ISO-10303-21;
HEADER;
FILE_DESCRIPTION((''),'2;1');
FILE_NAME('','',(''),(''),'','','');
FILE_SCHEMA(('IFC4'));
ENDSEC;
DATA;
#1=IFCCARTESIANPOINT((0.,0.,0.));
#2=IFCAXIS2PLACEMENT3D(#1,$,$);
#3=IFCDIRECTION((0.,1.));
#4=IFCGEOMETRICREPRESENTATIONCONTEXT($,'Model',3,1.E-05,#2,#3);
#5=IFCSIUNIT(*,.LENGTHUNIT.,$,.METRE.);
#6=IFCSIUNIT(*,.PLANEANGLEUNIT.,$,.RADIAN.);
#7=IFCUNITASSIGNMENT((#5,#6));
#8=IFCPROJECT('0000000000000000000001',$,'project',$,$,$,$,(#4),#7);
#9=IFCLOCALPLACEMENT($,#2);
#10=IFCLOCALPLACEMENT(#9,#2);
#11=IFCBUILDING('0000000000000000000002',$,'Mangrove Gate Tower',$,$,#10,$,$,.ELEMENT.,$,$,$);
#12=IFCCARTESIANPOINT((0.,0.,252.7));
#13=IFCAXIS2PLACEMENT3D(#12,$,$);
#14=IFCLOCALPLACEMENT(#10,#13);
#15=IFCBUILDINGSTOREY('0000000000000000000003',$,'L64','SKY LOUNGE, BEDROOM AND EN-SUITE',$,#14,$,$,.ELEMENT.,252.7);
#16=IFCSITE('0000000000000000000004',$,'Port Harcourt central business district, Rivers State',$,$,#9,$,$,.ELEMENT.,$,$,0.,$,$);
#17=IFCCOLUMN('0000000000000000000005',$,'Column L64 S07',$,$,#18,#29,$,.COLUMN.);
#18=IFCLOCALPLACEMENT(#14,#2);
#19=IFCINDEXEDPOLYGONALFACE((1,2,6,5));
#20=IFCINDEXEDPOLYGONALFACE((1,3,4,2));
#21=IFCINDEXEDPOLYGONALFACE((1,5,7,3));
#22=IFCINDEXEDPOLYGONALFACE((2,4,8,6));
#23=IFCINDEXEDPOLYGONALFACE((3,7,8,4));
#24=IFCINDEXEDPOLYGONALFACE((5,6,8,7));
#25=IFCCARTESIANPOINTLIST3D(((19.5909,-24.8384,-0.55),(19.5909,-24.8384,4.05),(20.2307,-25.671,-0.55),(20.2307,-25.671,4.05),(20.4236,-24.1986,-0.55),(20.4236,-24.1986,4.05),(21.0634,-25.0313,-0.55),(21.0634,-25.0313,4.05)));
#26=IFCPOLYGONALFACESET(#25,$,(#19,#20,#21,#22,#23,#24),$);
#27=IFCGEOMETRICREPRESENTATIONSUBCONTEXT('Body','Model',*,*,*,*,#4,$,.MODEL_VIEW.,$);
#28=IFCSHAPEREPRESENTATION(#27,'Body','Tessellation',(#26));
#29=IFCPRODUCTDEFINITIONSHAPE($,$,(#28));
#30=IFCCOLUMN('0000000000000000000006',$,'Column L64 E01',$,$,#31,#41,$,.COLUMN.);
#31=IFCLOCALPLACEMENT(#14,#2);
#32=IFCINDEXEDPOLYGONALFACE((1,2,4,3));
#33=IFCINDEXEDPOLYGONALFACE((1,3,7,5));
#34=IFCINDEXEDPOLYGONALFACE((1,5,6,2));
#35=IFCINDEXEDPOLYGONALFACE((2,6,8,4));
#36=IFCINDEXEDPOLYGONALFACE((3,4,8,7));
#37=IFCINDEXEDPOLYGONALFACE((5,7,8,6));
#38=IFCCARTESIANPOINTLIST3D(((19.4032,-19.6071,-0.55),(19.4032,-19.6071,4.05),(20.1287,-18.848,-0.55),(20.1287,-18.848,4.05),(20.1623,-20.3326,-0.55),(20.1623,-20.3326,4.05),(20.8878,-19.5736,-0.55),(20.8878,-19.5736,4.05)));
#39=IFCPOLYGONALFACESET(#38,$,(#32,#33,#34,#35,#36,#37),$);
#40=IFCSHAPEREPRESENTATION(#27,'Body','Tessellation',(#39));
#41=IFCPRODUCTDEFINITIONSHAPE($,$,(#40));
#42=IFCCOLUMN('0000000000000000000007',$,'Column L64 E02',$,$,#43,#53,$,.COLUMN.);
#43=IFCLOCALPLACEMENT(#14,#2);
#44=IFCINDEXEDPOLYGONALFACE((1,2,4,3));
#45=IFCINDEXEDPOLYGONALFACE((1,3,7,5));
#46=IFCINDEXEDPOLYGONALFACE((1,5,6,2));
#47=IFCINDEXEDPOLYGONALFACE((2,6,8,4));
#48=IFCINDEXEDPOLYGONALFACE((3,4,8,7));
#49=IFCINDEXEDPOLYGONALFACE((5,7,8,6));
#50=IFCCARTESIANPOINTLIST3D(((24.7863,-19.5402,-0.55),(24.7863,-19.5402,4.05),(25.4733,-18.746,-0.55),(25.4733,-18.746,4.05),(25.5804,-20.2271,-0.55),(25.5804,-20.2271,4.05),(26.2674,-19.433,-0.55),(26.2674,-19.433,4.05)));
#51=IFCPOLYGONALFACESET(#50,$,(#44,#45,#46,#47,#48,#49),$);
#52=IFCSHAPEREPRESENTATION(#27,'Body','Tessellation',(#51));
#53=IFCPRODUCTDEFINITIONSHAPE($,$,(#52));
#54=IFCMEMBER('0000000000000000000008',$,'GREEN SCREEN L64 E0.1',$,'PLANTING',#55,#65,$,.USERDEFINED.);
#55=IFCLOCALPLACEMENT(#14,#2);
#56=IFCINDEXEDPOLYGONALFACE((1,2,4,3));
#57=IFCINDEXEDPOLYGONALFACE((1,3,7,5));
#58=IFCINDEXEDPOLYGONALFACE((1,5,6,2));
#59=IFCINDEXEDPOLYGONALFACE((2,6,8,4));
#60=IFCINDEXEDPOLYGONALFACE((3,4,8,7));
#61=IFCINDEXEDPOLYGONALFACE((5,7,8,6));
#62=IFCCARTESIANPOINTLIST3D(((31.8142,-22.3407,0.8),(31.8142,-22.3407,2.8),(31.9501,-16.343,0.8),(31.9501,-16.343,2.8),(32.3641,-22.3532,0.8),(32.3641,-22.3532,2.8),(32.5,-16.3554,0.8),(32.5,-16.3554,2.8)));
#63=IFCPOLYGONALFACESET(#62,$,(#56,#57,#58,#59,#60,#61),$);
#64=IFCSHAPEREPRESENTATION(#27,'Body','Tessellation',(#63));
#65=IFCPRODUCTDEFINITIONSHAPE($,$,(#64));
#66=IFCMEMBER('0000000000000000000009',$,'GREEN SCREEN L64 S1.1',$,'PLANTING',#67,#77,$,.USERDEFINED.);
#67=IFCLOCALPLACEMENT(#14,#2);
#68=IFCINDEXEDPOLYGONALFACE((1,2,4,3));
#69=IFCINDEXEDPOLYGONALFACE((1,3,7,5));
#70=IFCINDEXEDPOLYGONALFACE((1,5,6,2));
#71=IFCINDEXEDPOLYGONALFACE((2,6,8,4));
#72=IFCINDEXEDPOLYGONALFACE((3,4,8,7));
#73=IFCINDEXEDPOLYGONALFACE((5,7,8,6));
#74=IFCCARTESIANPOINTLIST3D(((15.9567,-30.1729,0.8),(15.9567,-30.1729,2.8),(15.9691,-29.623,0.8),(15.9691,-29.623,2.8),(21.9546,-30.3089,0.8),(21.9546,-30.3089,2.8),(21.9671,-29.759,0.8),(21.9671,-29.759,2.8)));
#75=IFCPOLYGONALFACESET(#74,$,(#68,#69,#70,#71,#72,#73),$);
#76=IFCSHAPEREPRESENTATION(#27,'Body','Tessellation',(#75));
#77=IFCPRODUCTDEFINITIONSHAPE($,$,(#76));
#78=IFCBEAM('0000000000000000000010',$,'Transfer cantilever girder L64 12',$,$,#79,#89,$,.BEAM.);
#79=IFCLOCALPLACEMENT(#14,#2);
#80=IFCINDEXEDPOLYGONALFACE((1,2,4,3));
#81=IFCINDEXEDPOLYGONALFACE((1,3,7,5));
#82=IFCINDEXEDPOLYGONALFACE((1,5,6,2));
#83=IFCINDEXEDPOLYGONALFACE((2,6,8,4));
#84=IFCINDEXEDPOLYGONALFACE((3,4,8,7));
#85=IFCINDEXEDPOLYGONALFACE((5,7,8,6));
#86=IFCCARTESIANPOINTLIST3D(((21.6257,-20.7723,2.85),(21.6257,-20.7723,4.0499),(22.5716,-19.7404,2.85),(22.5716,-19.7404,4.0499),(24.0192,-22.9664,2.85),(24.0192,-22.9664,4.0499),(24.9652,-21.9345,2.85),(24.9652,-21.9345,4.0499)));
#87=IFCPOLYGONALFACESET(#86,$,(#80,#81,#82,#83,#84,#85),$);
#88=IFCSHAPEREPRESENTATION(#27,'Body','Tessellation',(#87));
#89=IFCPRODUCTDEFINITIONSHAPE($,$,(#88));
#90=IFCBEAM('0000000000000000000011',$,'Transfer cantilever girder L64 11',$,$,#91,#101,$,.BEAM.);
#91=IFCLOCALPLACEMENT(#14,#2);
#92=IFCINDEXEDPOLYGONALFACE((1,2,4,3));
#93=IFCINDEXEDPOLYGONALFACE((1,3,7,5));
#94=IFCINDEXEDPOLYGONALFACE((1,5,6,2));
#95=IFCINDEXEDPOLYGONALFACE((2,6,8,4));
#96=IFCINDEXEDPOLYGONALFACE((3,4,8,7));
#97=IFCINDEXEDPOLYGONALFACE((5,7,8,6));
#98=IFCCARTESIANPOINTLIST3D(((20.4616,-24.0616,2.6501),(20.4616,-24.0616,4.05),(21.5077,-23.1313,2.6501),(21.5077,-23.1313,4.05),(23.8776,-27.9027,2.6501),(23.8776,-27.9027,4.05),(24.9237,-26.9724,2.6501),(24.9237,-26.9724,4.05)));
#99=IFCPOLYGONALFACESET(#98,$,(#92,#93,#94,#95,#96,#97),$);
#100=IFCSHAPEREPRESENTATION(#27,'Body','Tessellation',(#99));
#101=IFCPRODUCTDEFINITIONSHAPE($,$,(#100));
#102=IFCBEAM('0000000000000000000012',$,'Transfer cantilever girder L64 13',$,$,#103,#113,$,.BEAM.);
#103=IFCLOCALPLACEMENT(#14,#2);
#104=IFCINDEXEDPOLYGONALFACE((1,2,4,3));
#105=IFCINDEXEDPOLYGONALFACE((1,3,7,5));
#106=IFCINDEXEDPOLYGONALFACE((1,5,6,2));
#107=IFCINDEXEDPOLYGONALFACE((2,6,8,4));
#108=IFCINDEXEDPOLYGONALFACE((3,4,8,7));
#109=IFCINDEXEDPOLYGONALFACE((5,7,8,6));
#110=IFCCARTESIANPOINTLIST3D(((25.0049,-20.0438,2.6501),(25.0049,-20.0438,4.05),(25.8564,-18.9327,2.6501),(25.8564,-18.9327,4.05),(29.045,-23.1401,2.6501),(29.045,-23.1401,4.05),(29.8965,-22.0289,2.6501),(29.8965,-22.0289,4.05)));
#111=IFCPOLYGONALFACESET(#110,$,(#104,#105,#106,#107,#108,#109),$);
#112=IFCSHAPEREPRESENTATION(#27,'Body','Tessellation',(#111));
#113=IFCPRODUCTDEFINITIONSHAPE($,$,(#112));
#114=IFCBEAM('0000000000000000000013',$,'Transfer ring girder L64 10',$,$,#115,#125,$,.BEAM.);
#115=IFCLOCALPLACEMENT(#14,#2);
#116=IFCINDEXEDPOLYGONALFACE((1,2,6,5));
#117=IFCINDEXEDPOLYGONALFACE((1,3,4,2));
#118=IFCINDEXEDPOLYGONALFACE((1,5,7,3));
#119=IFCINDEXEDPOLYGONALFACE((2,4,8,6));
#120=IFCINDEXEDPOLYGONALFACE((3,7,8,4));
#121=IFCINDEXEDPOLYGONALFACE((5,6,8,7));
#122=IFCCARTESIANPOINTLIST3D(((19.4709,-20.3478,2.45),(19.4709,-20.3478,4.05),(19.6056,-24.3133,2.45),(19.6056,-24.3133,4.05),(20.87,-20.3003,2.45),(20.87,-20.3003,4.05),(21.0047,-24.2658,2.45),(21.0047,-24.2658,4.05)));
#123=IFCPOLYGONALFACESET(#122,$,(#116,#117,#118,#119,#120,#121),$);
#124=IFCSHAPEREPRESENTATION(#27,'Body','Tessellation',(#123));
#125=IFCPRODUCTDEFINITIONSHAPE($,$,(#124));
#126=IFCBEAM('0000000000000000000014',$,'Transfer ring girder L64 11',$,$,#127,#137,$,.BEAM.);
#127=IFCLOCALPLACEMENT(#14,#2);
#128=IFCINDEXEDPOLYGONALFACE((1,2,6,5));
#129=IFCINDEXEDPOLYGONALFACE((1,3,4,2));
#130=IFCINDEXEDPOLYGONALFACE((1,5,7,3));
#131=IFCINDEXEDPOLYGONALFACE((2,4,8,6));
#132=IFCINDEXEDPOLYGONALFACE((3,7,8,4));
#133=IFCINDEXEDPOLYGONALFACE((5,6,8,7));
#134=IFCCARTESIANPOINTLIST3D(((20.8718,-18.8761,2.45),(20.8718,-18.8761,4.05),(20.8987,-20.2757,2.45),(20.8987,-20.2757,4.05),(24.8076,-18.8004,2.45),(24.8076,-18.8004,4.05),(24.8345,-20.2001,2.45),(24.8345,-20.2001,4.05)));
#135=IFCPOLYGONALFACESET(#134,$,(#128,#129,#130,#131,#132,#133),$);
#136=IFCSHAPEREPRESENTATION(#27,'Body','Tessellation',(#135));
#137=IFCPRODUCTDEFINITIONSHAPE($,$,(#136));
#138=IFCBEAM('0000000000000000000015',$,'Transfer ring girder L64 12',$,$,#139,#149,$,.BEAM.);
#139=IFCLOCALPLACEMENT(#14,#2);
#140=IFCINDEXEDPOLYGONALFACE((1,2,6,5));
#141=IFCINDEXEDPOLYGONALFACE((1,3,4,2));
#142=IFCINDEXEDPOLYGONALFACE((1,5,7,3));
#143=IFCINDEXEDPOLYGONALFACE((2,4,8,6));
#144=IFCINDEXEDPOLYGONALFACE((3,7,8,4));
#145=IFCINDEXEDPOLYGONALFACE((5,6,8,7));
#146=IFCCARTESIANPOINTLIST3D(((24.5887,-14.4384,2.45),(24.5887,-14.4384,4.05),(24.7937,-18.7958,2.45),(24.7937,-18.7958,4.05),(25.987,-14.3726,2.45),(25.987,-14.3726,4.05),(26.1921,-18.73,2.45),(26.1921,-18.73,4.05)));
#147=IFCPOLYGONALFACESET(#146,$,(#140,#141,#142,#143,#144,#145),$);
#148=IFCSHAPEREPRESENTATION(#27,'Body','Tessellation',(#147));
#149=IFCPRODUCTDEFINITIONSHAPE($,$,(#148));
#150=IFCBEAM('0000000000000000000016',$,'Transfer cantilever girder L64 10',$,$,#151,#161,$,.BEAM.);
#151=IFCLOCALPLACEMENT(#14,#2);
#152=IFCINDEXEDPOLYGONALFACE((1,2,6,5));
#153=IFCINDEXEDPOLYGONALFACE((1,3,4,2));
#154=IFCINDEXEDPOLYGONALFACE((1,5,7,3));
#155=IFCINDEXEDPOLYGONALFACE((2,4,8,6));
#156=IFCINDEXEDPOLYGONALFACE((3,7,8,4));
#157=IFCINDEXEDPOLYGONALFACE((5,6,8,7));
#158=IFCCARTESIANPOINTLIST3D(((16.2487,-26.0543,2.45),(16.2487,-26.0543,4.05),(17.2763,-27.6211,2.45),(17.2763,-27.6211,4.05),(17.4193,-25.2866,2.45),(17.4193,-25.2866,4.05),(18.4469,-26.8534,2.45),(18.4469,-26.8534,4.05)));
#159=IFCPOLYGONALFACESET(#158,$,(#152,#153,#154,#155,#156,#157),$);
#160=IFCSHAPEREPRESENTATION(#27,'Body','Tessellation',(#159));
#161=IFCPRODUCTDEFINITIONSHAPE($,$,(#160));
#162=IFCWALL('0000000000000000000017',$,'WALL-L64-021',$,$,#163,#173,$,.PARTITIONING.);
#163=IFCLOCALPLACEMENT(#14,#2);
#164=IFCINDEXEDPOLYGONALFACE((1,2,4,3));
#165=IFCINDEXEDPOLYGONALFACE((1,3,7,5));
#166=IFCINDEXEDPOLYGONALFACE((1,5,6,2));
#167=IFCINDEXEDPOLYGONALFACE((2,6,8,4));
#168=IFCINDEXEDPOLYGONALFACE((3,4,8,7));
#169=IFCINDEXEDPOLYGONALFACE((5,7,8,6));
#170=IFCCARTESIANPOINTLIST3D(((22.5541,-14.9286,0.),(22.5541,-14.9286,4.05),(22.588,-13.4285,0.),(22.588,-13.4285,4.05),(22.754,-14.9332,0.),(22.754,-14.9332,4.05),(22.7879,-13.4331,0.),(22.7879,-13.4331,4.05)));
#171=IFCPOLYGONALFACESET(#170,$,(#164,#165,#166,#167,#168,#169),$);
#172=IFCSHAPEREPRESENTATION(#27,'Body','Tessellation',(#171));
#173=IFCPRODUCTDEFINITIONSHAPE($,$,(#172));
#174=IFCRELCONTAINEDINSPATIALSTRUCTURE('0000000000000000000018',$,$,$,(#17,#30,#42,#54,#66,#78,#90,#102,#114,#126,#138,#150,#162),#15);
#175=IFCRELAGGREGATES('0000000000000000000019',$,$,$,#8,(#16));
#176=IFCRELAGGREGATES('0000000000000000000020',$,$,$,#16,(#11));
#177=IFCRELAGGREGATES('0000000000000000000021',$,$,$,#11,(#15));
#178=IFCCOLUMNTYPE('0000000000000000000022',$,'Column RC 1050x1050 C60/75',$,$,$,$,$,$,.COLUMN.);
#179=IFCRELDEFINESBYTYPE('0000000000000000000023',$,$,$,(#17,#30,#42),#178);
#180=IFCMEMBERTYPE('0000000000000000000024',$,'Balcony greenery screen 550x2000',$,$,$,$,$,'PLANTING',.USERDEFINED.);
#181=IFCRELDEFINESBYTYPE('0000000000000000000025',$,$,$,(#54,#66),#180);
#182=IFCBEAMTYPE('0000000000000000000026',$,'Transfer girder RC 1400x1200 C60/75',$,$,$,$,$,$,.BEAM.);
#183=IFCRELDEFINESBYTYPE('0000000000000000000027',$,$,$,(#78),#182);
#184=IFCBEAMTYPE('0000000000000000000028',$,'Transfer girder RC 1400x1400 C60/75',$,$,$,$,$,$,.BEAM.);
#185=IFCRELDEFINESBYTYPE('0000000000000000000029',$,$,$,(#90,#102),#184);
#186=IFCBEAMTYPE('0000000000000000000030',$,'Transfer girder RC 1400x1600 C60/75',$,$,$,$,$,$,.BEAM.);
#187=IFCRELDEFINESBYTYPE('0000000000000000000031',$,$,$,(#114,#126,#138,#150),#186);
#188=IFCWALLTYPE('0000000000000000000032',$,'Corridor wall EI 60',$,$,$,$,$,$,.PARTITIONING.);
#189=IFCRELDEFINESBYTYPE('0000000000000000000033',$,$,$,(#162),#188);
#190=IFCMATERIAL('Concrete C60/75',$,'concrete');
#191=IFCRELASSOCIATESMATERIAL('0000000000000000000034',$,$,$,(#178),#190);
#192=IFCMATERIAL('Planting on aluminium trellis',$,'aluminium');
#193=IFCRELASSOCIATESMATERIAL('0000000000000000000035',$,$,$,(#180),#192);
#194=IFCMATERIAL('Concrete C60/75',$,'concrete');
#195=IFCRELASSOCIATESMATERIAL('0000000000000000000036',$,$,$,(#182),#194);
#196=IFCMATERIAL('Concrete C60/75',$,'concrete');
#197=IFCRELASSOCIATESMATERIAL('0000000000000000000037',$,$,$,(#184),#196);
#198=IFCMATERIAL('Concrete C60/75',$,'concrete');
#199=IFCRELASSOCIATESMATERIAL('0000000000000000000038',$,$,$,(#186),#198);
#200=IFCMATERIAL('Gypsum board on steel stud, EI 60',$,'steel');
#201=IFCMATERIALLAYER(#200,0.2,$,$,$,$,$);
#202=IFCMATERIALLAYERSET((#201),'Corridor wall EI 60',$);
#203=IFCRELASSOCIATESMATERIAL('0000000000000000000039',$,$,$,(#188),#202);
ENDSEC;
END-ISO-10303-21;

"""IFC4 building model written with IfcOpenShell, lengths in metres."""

from ifc_helpers import new_model, si_unit, direction, frame, frame_2d, origin, origin_2d, place, context, subcontext, project, spatial, rectangle, extrude, material, layer, layer_set, material_profile, profile_set, type_object, element, save


model = new_model("IFC4")

# Units and contexts
model_context = context("Model", 3, precision=1e-05, world=origin(), true_north=direction((0.0, 1.0)))
body_context = subcontext(model_context, "Body", "Model", "MODEL_VIEW")
ifc_project = project(units=[si_unit("LENGTHUNIT", "METRE"), si_unit("PLANEANGLEUNIT", "RADIAN")], contexts=[model_context])

# Site, building, storey
site_placement = place(None, origin())
site = spatial("IfcSite", under=ifc_project, at=site_placement, Name="Port Harcourt central business district, Rivers State", CompositionType="ELEMENT", RefElevation=0.0)
building_placement = place(site_placement, origin())
building = spatial("IfcBuilding", under=site, at=building_placement, Name="Mangrove Gate Tower", CompositionType="ELEMENT")
storey_placement = place(building_placement, frame((0.0, 0.0, 252.7)))
storey = spatial("IfcBuildingStorey", under=building, at=storey_placement, Name="L64", Description="SKY LOUNGE, BEDROOM AND EN-SUITE", CompositionType="ELEMENT", Elevation=252.7)

# Columns
ifc_material_1 = material(Name="Concrete C60/75", Category="concrete")
ifc_material_profile_1 = material_profile(ifc_material_1, rectangle(XDim=1.05, YDim=1.05, at=origin_2d()))
ifc_profile_set_1 = profile_set([ifc_material_profile_1], Name="Concrete C60/75")
column_type = type_object("IfcColumnType", Name="Column RC 1050x1050 C60/75", PredefinedType="COLUMN", material=ifc_profile_set_1)
for number, where, z_axis, x_axis, name in (
    (1, (20.3271, -24.9348, -0.55), (0.0, 0.0, 1.0), (0.792958, 0.609277, 0.0), "Column L64 S07"),
    (2, (20.1455, -19.5903, -0.55), (0.0, 0.0, 1.0), (0.690952, 0.722901, 0.0), "Column L64 E01"),
    (3, (25.5269, -19.4866, -0.55), (0.0, 0.0, 1.0), (0.654235, 0.756292, 0.0), "Column L64 E02"),
):
    element("IfcColumn", number, at=place(storey_placement, frame(where, z_axis=z_axis, x_axis=x_axis)), inside=storey, type_object=column_type, Name=name, PredefinedType="COLUMN", context=body_context, shape_type="SweptSolid", body=[
        extrude(rectangle(XDim=1.05, YDim=1.05, at=origin_2d()), origin(), (0.0, 0.0, 1.0), 4.6001),
    ])

# Members
ifc_material_2 = material(Name="Planting on aluminium trellis", Category="aluminium")
ifc_material_profile_2 = material_profile(ifc_material_2, rectangle(XDim=0.55, YDim=2.0, at=origin_2d()))
ifc_profile_set_2 = profile_set([ifc_material_profile_2], Name="Planting on aluminium trellis")
member_type = type_object("IfcMemberType", Name="Balcony greenery screen 550x2000", ElementType="PLANTING", PredefinedType="USERDEFINED", material=ifc_profile_set_2)
member_1_placement = place(storey_placement, frame((32.0891, -22.3469, 1.8), z_axis=(0.022667, 0.999743, 0.0), x_axis=(-0.999743, 0.022667, 0.0)))
element("IfcMember", 4, at=member_1_placement, inside=storey, type_object=member_type, Name="GREEN SCREEN L64 E0.1", ObjectType="PLANTING", PredefinedType="USERDEFINED", context=body_context, shape_type="SweptSolid", body=[
    extrude(rectangle(XDim=0.55, YDim=2.0, at=origin_2d()), origin(), (0.0, 0.0, 1.0), 5.9993),
])
member_2_placement = place(storey_placement, frame((15.9629, -29.8979, 1.8), z_axis=(0.999743, -0.022666, 0.0), x_axis=(0.022666, 0.999743, 0.0)))
element("IfcMember", 5, at=member_2_placement, inside=storey, type_object=member_type, Name="GREEN SCREEN L64 S1.1", ObjectType="PLANTING", PredefinedType="USERDEFINED", context=body_context, shape_type="SweptSolid", body=[
    extrude(rectangle(XDim=0.55, YDim=2.0, at=origin_2d()), origin(), (0.0, 0.0, 1.0), 5.9995),
])

# Beams
ifc_material_3 = material(Name="Concrete C60/75", Category="concrete")
ifc_material_profile_3 = material_profile(ifc_material_3, rectangle(XDim=1.3999, YDim=1.2, at=origin_2d()))
ifc_profile_set_3 = profile_set([ifc_material_profile_3], Name="Concrete C60/75")
beam_type_1 = type_object("IfcBeamType", Name="Transfer girder RC 1400x1200 C60/75", PredefinedType="BEAM", material=ifc_profile_set_3)
beam_1_placement = place(storey_placement, frame((22.0986, -20.2563, 3.45), z_axis=(0.737154, -0.675725, 0.0), x_axis=(0.675725, 0.737154, 0.0)))
element("IfcBeam", 6, at=beam_1_placement, inside=storey, type_object=beam_type_1, Name="Transfer cantilever girder L64 12", PredefinedType="BEAM", context=body_context, shape_type="SweptSolid", body=[
    extrude(rectangle(XDim=1.3999, YDim=1.2, at=origin_2d()), origin(), (0.0, 0.0, 1.0), 3.2471),
])
ifc_material_4 = material(Name="Concrete C60/75", Category="concrete")
ifc_material_profile_4 = material_profile(ifc_material_4, rectangle(XDim=1.3999, YDim=1.3999, at=origin_2d()))
ifc_profile_set_4 = profile_set([ifc_material_profile_4], Name="Concrete C60/75")
beam_type_2 = type_object("IfcBeamType", Name="Transfer girder RC 1400x1400 C60/75", PredefinedType="BEAM", material=ifc_profile_set_4)
beam_2_placement = place(storey_placement, frame((20.9846, -23.5964, 3.3501), z_axis=(0.664552, -0.747242, 0.0), x_axis=(0.747242, 0.664552, 0.0)))
element("IfcBeam", 7, at=beam_2_placement, inside=storey, type_object=beam_type_2, Name="Transfer cantilever girder L64 11", PredefinedType="BEAM", context=body_context, shape_type="SweptSolid", body=[
    extrude(rectangle(XDim=1.3999, YDim=1.3999, at=origin_2d()), origin(), (0.0, 0.0, 1.0), 5.1404),
])
beam_3_placement = place(storey_placement, frame((25.4307, -19.4883, 3.3501), z_axis=(0.793718, -0.608287, 0.0), x_axis=(0.608287, 0.793718, 0.0)))
element("IfcBeam", 8, at=beam_3_placement, inside=storey, type_object=beam_type_2, Name="Transfer cantilever girder L64 13", PredefinedType="BEAM", context=body_context, shape_type="SweptSolid", body=[
    extrude(rectangle(XDim=1.3999, YDim=1.3999, at=origin_2d()), origin(), (0.0, 0.0, 1.0), 5.0901),
])
ifc_material_5 = material(Name="Concrete C60/75", Category="concrete")
ifc_material_profile_5 = material_profile(ifc_material_5, rectangle(XDim=1.3999, YDim=1.6001, at=origin_2d()))
ifc_profile_set_5 = profile_set([ifc_material_profile_5], Name="Concrete C60/75")
beam_type_3 = type_object("IfcBeamType", Name="Transfer girder RC 1400x1600 C60/75", PredefinedType="BEAM", material=ifc_profile_set_5)
beam_4_placement = place(storey_placement, frame((20.3052, -24.2896, 3.25), z_axis=(-0.033964, 0.999423, 0.0), x_axis=(-0.999423, -0.033964, 0.0)))
element("IfcBeam", 9, at=beam_4_placement, inside=storey, type_object=beam_type_3, Name="Transfer ring girder L64 10", PredefinedType="BEAM", context=body_context, shape_type="SweptSolid", body=[
    extrude(rectangle(XDim=1.3999, YDim=1.6001, at=origin_2d()), origin(), (0.0, 0.0, 1.0), 3.9678),
])
beam_5_placement = place(storey_placement, frame((20.8853, -19.5759, 3.25), z_axis=(0.999815, 0.019226, 0.0), x_axis=(-0.019226, 0.999815, 0.0)))
element("IfcBeam", 10, at=beam_5_placement, inside=storey, type_object=beam_type_3, Name="Transfer ring girder L64 11", PredefinedType="BEAM", context=body_context, shape_type="SweptSolid", body=[
    extrude(rectangle(XDim=1.3999, YDim=1.6001, at=origin_2d()), origin(), (0.0, 0.0, 1.0), 3.9365),
])
beam_6_placement = place(storey_placement, frame((25.4929, -18.7629, 3.25), z_axis=(-0.047012, 0.998894, 0.0), x_axis=(-0.998894, -0.047012, 0.0)))
element("IfcBeam", 11, at=beam_6_placement, inside=storey, type_object=beam_type_3, Name="Transfer ring girder L64 12", PredefinedType="BEAM", context=body_context, shape_type="SweptSolid", body=[
    extrude(rectangle(XDim=1.3999, YDim=1.6001, at=origin_2d()), origin(), (0.0, 0.0, 1.0), 4.3623),
])
beam_7_placement = place(storey_placement, frame((16.834, -25.6704, 3.25), z_axis=(0.5484, -0.836216, 0.0), x_axis=(0.836216, 0.5484, 0.0)))
element("IfcBeam", 12, at=beam_7_placement, inside=storey, type_object=beam_type_3, Name="Transfer cantilever girder L64 10", PredefinedType="BEAM", context=body_context, shape_type="SweptSolid", body=[
    extrude(rectangle(XDim=1.3999, YDim=1.6001, at=origin_2d()), origin(), (0.0, 0.0, 1.0), 1.8738),
])

# Wall
ifc_material_6 = material(Name="Gypsum board on steel stud, EI 60", Category="steel")
ifc_layer_1 = layer(ifc_material_6, 0.2)
ifc_layer_set_1 = layer_set([ifc_layer_1], Name="Corridor wall EI 60")
wall_type_1 = type_object("IfcWallType", Name="Corridor wall EI 60", PredefinedType="PARTITIONING", material=ifc_layer_set_1)
wall_1_placement = place(storey_placement, frame((22.6541, -14.9309, 0.0), z_axis=(0.0, 0.0, 1.0), x_axis=(0.022618, 0.999744, 0.0)))
element("IfcWall", 13, at=wall_1_placement, inside=storey, type_object=wall_type_1, Name="WALL-L64-021", PredefinedType="PARTITIONING", context=body_context, shape_type="SweptSolid", body=[
    extrude(rectangle(XDim=1.5005, YDim=0.2, at=frame_2d((0.7502, 0.0))), origin(), (0.0, 0.0, 1.0), 4.05),
])

save(model, "model.ifc")
